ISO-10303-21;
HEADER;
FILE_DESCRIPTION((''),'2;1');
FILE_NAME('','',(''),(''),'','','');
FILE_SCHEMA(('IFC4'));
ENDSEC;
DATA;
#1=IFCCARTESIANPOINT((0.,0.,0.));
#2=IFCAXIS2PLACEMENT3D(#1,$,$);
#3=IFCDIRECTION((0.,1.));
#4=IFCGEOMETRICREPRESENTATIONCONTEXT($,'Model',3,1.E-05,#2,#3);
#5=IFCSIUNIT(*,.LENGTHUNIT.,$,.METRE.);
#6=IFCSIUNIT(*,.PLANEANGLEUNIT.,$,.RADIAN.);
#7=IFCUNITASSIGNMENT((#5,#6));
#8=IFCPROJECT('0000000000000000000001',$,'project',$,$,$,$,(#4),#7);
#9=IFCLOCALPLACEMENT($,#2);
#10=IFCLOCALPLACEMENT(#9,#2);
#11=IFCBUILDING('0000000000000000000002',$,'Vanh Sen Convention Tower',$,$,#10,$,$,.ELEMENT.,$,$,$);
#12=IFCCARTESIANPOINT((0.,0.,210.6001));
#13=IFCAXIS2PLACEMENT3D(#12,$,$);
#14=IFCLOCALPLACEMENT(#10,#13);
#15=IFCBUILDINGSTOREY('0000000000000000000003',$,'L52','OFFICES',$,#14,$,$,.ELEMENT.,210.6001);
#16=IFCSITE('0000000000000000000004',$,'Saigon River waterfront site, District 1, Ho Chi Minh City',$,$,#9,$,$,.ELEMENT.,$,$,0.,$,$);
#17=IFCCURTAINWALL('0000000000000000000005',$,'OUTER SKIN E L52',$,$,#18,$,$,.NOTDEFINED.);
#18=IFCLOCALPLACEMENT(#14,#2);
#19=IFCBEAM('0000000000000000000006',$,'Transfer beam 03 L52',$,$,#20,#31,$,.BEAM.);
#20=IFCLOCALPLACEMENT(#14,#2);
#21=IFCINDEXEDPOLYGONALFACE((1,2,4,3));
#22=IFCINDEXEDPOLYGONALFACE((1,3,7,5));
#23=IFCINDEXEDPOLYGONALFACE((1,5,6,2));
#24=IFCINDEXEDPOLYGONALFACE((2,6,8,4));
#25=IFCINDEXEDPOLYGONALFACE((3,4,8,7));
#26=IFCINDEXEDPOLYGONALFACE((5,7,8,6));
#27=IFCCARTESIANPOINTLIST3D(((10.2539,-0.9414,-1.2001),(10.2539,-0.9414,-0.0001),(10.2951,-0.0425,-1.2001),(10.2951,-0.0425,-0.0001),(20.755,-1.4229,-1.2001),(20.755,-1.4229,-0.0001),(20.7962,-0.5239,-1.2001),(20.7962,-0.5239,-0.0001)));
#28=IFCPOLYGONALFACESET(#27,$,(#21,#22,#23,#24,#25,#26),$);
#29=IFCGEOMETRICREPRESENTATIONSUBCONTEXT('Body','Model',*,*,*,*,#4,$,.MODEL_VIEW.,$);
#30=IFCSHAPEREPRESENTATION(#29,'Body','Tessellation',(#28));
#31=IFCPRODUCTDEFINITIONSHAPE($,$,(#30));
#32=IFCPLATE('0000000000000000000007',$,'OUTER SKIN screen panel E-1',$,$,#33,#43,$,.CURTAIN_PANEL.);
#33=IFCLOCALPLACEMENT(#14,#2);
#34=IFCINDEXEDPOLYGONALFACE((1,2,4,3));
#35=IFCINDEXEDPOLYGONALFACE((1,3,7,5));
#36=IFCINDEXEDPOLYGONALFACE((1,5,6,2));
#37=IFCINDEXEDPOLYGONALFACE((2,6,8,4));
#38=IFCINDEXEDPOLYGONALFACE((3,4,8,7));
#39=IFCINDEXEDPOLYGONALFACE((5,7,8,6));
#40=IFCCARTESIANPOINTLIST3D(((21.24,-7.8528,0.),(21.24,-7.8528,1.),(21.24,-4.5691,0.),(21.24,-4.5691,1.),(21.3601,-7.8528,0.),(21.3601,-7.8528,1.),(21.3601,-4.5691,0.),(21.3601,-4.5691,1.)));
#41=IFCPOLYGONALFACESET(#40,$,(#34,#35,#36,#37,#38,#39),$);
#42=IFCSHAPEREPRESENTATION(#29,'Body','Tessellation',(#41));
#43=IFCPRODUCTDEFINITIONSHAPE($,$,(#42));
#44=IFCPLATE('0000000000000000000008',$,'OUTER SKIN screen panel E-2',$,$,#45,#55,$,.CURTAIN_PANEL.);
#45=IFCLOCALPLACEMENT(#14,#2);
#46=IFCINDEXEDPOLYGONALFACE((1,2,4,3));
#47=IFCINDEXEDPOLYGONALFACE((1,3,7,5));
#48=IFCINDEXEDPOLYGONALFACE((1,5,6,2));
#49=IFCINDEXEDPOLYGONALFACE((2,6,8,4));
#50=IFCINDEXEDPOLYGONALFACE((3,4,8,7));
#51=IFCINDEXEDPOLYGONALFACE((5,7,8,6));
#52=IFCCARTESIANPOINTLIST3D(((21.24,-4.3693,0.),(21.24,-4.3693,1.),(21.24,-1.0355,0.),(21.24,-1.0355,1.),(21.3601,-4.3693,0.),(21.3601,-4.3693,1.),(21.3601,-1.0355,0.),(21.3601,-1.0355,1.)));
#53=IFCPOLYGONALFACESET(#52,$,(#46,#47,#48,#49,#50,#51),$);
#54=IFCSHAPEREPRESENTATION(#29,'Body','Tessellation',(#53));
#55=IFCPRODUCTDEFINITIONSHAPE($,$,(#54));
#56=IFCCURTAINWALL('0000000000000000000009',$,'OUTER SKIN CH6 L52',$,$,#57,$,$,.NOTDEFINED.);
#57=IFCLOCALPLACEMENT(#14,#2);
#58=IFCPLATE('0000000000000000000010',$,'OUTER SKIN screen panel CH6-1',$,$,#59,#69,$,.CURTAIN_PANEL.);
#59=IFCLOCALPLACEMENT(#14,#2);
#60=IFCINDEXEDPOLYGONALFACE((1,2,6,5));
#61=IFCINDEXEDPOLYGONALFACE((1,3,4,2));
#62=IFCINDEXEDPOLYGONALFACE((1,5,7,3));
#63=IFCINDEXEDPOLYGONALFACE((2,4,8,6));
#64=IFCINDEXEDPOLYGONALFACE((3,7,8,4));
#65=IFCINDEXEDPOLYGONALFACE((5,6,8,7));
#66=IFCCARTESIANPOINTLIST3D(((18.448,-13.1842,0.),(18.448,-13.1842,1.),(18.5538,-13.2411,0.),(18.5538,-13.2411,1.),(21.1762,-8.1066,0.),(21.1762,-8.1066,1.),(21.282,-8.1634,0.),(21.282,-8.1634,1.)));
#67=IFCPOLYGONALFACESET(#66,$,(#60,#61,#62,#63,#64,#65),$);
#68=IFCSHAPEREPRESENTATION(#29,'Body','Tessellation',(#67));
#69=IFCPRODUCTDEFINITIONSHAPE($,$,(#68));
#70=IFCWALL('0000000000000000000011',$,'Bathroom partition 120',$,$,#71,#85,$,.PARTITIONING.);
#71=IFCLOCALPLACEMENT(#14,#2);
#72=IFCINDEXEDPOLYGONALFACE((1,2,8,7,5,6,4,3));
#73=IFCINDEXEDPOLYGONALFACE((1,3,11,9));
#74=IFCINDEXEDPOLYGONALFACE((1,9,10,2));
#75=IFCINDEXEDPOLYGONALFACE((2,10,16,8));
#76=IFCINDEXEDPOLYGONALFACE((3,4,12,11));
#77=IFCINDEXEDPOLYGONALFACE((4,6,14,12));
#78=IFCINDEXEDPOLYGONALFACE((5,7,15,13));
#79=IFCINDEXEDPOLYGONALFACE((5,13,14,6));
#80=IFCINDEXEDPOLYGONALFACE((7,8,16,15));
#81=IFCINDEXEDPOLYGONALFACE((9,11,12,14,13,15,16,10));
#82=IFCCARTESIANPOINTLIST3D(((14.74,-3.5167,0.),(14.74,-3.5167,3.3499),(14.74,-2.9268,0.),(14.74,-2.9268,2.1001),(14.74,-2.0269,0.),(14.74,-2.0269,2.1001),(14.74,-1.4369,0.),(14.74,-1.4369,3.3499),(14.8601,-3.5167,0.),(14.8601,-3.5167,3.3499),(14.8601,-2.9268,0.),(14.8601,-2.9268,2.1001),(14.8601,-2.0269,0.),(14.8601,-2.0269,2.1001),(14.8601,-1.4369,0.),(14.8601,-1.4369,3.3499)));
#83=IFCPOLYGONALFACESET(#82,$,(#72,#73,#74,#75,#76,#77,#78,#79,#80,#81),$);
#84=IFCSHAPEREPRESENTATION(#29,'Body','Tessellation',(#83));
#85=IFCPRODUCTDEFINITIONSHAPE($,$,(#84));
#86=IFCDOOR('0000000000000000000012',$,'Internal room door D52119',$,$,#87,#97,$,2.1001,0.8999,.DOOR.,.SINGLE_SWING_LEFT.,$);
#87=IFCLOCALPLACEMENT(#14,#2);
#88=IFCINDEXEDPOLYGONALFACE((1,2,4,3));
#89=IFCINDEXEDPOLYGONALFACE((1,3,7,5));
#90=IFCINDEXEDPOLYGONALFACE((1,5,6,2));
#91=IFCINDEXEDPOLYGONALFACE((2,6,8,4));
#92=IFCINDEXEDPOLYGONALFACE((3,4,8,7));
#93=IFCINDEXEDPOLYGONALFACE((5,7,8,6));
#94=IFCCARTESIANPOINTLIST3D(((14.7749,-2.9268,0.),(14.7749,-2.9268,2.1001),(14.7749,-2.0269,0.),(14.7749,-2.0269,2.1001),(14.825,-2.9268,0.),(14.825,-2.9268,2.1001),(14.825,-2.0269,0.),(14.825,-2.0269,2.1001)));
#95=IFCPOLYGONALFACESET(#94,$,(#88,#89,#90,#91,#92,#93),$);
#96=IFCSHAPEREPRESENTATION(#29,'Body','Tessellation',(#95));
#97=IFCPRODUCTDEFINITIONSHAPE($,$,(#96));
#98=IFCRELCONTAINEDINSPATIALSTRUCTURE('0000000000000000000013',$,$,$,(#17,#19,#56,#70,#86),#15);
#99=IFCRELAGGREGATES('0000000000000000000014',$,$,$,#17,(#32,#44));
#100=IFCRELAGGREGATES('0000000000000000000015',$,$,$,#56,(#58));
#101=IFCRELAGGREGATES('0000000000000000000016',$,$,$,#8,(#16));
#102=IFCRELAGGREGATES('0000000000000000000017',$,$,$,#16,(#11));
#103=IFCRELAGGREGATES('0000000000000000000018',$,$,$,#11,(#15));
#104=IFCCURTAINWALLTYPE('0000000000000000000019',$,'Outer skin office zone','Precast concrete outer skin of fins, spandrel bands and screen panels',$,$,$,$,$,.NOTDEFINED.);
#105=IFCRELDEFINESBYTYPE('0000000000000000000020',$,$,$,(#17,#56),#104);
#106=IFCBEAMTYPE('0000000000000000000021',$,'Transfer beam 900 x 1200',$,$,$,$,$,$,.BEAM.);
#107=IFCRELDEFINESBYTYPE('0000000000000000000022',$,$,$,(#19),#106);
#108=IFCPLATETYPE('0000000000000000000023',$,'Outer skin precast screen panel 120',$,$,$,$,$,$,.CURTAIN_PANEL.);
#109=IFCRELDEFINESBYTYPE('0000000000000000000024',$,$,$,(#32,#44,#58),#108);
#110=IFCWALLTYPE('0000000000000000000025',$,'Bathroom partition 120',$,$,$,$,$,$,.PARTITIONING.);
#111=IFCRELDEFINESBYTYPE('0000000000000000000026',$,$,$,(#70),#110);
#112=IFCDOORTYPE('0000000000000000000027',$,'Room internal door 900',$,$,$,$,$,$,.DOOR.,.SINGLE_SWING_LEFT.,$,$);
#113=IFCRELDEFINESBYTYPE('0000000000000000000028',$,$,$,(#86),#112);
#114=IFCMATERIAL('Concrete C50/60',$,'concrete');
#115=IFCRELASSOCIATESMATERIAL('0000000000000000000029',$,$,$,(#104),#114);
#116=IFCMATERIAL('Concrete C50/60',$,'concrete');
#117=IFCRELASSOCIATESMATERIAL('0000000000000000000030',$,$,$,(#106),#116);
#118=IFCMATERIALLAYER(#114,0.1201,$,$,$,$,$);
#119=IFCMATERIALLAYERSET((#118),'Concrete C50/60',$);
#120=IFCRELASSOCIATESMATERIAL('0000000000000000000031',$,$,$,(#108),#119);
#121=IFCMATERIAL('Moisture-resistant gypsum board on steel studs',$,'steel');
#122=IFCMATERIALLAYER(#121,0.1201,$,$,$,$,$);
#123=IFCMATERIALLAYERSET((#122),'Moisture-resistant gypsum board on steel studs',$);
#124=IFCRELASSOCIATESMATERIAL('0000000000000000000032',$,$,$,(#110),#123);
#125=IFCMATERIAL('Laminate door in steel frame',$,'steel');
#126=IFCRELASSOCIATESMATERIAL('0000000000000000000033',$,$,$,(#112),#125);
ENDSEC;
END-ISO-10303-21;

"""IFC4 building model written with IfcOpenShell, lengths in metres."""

from ifc_helpers import new_model, si_unit, direction, frame, frame_2d, origin, origin_2d, place, context, subcontext, project, spatial, rectangle, extrude, material, layer, layer_set, material_profile, profile_set, type_object, element, fill, aggregate, save


model = new_model("IFC4")

# Units and contexts
model_context = context("Model", 3, precision=1e-05, world=origin(), true_north=direction((0.0, 1.0)))
body_context = subcontext(model_context, "Body", "Model", "MODEL_VIEW")
ifc_project = project(units=[si_unit("LENGTHUNIT", "METRE"), si_unit("PLANEANGLEUNIT", "RADIAN")], contexts=[model_context])

# Site, building, storey
site_placement = place(None, origin())
site = spatial("IfcSite", under=ifc_project, at=site_placement, Name="Saigon River waterfront site, District 1, Ho Chi Minh City", CompositionType="ELEMENT", RefElevation=0.0)
building_placement = place(site_placement, origin())
building = spatial("IfcBuilding", under=site, at=building_placement, Name="Vanh Sen Convention Tower", CompositionType="ELEMENT")
storey_placement = place(building_placement, frame((0.0, 0.0, 210.6001)))
storey = spatial("IfcBuildingStorey", under=building, at=storey_placement, Name="L52", Description="OFFICES", CompositionType="ELEMENT", Elevation=210.6001)

# Curtain wall
ifc_material_1 = material(Name="Concrete C50/60", Category="concrete")
curtain_wall_type = type_object("IfcCurtainWallType", Name="Outer skin office zone", Description="Precast concrete outer skin of fins, spandrel bands and screen panels", PredefinedType="NOTDEFINED", material=ifc_material_1)
curtain_wall_1_placement = place(storey_placement, origin())
curtain_wall_1 = element("IfcCurtainWall", 1, at=curtain_wall_1_placement, inside=storey, type_object=curtain_wall_type, Name="OUTER SKIN E L52", PredefinedType="NOTDEFINED")

# Beam
ifc_material_2 = material(Name="Concrete C50/60", Category="concrete")
ifc_material_profile_1 = material_profile(ifc_material_2, rectangle(XDim=0.8999, YDim=1.2, at=origin_2d()), Name="RC 900X1200")
ifc_profile_set_1 = profile_set([ifc_material_profile_1], Name="Concrete C50/60")
beam_type_1 = type_object("IfcBeamType", Name="Transfer beam 900 x 1200", PredefinedType="BEAM", material=ifc_profile_set_1)
beam_1_placement = place(storey_placement, frame((20.7756, -0.9734, -0.6001), z_axis=(-0.998951, 0.045798, 0.0), x_axis=(-0.045798, -0.998951, 0.0)))
element("IfcBeam", 2, at=beam_1_placement, inside=storey, type_object=beam_type_1, Name="Transfer beam 03 L52", PredefinedType="BEAM", context=body_context, shape_type="SweptSolid", body=[
    extrude(rectangle(XDim=0.8999, YDim=1.2, at=origin_2d()), origin(), (0.0, 0.0, 1.0), 10.5122),
])

# Plates
ifc_layer_1 = layer(ifc_material_1, 0.1201)
ifc_layer_set_1 = layer_set([ifc_layer_1], Name="Concrete C50/60")
plate_type = type_object("IfcPlateType", Name="Outer skin precast screen panel 120", PredefinedType="CURTAIN_PANEL", material=ifc_layer_set_1)
plate_1_placement = place(storey_placement, frame((21.3, -6.2109, 0.0), z_axis=(0.0, 0.0, 1.0), x_axis=(0.0, 1.0, 0.0)))
plate_1 = element("IfcPlate", 3, at=plate_1_placement, type_object=plate_type, Name="OUTER SKIN screen panel E-1", PredefinedType="CURTAIN_PANEL", context=body_context, shape_type="SweptSolid", body=[
    extrude(rectangle(XDim=3.2837, YDim=0.1201, at=origin_2d()), origin(), (0.0, 0.0, 1.0), 1.0),
])
plate_2_placement = place(storey_placement, frame((21.3, -2.7024, 0.0), z_axis=(0.0, 0.0, 1.0), x_axis=(0.0, 1.0, 0.0)))
plate_2 = element("IfcPlate", 4, at=plate_2_placement, type_object=plate_type, Name="OUTER SKIN screen panel E-2", PredefinedType="CURTAIN_PANEL", context=body_context, shape_type="SweptSolid", body=[
    extrude(rectangle(XDim=3.3337, YDim=0.1201, at=origin_2d()), origin(), (0.0, 0.0, 1.0), 1.0),
])
aggregate(curtain_wall_1, [plate_1, plate_2])

# Curtain wall, plate
curtain_wall_2_placement = place(storey_placement, origin())
curtain_wall_2 = element("IfcCurtainWall", 5, at=curtain_wall_2_placement, inside=storey, type_object=curtain_wall_type, Name="OUTER SKIN CH6 L52", PredefinedType="NOTDEFINED")
plate_3_placement = place(storey_placement, frame((19.865, -10.6738, 0.0), z_axis=(0.0, 0.0, 1.0), x_axis=(0.473314, 0.880894, 0.0)))
plate_3 = element("IfcPlate", 6, at=plate_3_placement, type_object=plate_type, Name="OUTER SKIN screen panel CH6-1", PredefinedType="CURTAIN_PANEL", context=body_context, shape_type="SweptSolid", body=[
    extrude(rectangle(XDim=5.7642, YDim=0.1201, at=origin_2d()), origin(), (0.0, 0.0, 1.0), 1.0),
])
aggregate(curtain_wall_2, [plate_3])

# Wall, opening, door
ifc_material_3 = material(Name="Moisture-resistant gypsum board on steel studs", Category="steel")
ifc_layer_2 = layer(ifc_material_3, 0.1201)
ifc_layer_set_2 = layer_set([ifc_layer_2], Name="Moisture-resistant gypsum board on steel studs")
wall_type_1 = type_object("IfcWallType", Name="Bathroom partition 120", PredefinedType="PARTITIONING", material=ifc_layer_set_2)
wall_1_placement = place(storey_placement, frame((14.8, -1.4368, 0.0), z_axis=(0.0, 0.0, 1.0), x_axis=(0.0, -1.0, 0.0)))
wall_1 = element("IfcWall", 7, at=wall_1_placement, inside=storey, type_object=wall_type_1, Name="Bathroom partition 120", PredefinedType="PARTITIONING", context=body_context, shape_type="SweptSolid", body=[
    extrude(rectangle(XDim=2.0798, YDim=0.1201, at=frame_2d((1.04, 0.0))), origin(), (0.0, 0.0, 1.0), 3.3499),
])
opening_1_placement = place(wall_1_placement, frame((0.5901, 0.0, 0.0)))
opening_1 = element("IfcOpeningElement", 8, at=opening_1_placement, cuts=wall_1, PredefinedType="OPENING", context=body_context, shape_type="SweptSolid", body=[
    extrude(rectangle(XDim=0.8999, YDim=2.1001, at=frame_2d((0.45, 1.05))), frame((0.0, 0.0701, 0.0), z_axis=(0.0, -1.0, 0.0), x_axis=(1.0, 0.0, 0.0)), (0.0, 0.0, 1.0), 0.1401),
])
ifc_material_4 = material(Name="Laminate door in steel frame", Category="steel")
door_type = type_object("IfcDoorType", Name="Room internal door 900", OperationType="SINGLE_SWING_LEFT", PredefinedType="DOOR", material=ifc_material_4)
door_placement = place(opening_1_placement, origin())
door = element("IfcDoor", 9, at=door_placement, inside=storey, type_object=door_type, Name="Internal room door D52119", OperationType="SINGLE_SWING_LEFT", OverallHeight=2.1001, OverallWidth=0.8999, PredefinedType="DOOR", context=body_context, shape_type="SweptSolid", body=[
    extrude(rectangle(XDim=0.8999, YDim=2.1001, at=frame_2d((0.45, 1.05))), frame((0.0, 0.0249, 0.0), z_axis=(0.0, -1.0, 0.0), x_axis=(1.0, 0.0, 0.0)), (0.0, 0.0, 1.0), 0.05),
])
fill(opening_1, door)

save(model, "model.ifc")
